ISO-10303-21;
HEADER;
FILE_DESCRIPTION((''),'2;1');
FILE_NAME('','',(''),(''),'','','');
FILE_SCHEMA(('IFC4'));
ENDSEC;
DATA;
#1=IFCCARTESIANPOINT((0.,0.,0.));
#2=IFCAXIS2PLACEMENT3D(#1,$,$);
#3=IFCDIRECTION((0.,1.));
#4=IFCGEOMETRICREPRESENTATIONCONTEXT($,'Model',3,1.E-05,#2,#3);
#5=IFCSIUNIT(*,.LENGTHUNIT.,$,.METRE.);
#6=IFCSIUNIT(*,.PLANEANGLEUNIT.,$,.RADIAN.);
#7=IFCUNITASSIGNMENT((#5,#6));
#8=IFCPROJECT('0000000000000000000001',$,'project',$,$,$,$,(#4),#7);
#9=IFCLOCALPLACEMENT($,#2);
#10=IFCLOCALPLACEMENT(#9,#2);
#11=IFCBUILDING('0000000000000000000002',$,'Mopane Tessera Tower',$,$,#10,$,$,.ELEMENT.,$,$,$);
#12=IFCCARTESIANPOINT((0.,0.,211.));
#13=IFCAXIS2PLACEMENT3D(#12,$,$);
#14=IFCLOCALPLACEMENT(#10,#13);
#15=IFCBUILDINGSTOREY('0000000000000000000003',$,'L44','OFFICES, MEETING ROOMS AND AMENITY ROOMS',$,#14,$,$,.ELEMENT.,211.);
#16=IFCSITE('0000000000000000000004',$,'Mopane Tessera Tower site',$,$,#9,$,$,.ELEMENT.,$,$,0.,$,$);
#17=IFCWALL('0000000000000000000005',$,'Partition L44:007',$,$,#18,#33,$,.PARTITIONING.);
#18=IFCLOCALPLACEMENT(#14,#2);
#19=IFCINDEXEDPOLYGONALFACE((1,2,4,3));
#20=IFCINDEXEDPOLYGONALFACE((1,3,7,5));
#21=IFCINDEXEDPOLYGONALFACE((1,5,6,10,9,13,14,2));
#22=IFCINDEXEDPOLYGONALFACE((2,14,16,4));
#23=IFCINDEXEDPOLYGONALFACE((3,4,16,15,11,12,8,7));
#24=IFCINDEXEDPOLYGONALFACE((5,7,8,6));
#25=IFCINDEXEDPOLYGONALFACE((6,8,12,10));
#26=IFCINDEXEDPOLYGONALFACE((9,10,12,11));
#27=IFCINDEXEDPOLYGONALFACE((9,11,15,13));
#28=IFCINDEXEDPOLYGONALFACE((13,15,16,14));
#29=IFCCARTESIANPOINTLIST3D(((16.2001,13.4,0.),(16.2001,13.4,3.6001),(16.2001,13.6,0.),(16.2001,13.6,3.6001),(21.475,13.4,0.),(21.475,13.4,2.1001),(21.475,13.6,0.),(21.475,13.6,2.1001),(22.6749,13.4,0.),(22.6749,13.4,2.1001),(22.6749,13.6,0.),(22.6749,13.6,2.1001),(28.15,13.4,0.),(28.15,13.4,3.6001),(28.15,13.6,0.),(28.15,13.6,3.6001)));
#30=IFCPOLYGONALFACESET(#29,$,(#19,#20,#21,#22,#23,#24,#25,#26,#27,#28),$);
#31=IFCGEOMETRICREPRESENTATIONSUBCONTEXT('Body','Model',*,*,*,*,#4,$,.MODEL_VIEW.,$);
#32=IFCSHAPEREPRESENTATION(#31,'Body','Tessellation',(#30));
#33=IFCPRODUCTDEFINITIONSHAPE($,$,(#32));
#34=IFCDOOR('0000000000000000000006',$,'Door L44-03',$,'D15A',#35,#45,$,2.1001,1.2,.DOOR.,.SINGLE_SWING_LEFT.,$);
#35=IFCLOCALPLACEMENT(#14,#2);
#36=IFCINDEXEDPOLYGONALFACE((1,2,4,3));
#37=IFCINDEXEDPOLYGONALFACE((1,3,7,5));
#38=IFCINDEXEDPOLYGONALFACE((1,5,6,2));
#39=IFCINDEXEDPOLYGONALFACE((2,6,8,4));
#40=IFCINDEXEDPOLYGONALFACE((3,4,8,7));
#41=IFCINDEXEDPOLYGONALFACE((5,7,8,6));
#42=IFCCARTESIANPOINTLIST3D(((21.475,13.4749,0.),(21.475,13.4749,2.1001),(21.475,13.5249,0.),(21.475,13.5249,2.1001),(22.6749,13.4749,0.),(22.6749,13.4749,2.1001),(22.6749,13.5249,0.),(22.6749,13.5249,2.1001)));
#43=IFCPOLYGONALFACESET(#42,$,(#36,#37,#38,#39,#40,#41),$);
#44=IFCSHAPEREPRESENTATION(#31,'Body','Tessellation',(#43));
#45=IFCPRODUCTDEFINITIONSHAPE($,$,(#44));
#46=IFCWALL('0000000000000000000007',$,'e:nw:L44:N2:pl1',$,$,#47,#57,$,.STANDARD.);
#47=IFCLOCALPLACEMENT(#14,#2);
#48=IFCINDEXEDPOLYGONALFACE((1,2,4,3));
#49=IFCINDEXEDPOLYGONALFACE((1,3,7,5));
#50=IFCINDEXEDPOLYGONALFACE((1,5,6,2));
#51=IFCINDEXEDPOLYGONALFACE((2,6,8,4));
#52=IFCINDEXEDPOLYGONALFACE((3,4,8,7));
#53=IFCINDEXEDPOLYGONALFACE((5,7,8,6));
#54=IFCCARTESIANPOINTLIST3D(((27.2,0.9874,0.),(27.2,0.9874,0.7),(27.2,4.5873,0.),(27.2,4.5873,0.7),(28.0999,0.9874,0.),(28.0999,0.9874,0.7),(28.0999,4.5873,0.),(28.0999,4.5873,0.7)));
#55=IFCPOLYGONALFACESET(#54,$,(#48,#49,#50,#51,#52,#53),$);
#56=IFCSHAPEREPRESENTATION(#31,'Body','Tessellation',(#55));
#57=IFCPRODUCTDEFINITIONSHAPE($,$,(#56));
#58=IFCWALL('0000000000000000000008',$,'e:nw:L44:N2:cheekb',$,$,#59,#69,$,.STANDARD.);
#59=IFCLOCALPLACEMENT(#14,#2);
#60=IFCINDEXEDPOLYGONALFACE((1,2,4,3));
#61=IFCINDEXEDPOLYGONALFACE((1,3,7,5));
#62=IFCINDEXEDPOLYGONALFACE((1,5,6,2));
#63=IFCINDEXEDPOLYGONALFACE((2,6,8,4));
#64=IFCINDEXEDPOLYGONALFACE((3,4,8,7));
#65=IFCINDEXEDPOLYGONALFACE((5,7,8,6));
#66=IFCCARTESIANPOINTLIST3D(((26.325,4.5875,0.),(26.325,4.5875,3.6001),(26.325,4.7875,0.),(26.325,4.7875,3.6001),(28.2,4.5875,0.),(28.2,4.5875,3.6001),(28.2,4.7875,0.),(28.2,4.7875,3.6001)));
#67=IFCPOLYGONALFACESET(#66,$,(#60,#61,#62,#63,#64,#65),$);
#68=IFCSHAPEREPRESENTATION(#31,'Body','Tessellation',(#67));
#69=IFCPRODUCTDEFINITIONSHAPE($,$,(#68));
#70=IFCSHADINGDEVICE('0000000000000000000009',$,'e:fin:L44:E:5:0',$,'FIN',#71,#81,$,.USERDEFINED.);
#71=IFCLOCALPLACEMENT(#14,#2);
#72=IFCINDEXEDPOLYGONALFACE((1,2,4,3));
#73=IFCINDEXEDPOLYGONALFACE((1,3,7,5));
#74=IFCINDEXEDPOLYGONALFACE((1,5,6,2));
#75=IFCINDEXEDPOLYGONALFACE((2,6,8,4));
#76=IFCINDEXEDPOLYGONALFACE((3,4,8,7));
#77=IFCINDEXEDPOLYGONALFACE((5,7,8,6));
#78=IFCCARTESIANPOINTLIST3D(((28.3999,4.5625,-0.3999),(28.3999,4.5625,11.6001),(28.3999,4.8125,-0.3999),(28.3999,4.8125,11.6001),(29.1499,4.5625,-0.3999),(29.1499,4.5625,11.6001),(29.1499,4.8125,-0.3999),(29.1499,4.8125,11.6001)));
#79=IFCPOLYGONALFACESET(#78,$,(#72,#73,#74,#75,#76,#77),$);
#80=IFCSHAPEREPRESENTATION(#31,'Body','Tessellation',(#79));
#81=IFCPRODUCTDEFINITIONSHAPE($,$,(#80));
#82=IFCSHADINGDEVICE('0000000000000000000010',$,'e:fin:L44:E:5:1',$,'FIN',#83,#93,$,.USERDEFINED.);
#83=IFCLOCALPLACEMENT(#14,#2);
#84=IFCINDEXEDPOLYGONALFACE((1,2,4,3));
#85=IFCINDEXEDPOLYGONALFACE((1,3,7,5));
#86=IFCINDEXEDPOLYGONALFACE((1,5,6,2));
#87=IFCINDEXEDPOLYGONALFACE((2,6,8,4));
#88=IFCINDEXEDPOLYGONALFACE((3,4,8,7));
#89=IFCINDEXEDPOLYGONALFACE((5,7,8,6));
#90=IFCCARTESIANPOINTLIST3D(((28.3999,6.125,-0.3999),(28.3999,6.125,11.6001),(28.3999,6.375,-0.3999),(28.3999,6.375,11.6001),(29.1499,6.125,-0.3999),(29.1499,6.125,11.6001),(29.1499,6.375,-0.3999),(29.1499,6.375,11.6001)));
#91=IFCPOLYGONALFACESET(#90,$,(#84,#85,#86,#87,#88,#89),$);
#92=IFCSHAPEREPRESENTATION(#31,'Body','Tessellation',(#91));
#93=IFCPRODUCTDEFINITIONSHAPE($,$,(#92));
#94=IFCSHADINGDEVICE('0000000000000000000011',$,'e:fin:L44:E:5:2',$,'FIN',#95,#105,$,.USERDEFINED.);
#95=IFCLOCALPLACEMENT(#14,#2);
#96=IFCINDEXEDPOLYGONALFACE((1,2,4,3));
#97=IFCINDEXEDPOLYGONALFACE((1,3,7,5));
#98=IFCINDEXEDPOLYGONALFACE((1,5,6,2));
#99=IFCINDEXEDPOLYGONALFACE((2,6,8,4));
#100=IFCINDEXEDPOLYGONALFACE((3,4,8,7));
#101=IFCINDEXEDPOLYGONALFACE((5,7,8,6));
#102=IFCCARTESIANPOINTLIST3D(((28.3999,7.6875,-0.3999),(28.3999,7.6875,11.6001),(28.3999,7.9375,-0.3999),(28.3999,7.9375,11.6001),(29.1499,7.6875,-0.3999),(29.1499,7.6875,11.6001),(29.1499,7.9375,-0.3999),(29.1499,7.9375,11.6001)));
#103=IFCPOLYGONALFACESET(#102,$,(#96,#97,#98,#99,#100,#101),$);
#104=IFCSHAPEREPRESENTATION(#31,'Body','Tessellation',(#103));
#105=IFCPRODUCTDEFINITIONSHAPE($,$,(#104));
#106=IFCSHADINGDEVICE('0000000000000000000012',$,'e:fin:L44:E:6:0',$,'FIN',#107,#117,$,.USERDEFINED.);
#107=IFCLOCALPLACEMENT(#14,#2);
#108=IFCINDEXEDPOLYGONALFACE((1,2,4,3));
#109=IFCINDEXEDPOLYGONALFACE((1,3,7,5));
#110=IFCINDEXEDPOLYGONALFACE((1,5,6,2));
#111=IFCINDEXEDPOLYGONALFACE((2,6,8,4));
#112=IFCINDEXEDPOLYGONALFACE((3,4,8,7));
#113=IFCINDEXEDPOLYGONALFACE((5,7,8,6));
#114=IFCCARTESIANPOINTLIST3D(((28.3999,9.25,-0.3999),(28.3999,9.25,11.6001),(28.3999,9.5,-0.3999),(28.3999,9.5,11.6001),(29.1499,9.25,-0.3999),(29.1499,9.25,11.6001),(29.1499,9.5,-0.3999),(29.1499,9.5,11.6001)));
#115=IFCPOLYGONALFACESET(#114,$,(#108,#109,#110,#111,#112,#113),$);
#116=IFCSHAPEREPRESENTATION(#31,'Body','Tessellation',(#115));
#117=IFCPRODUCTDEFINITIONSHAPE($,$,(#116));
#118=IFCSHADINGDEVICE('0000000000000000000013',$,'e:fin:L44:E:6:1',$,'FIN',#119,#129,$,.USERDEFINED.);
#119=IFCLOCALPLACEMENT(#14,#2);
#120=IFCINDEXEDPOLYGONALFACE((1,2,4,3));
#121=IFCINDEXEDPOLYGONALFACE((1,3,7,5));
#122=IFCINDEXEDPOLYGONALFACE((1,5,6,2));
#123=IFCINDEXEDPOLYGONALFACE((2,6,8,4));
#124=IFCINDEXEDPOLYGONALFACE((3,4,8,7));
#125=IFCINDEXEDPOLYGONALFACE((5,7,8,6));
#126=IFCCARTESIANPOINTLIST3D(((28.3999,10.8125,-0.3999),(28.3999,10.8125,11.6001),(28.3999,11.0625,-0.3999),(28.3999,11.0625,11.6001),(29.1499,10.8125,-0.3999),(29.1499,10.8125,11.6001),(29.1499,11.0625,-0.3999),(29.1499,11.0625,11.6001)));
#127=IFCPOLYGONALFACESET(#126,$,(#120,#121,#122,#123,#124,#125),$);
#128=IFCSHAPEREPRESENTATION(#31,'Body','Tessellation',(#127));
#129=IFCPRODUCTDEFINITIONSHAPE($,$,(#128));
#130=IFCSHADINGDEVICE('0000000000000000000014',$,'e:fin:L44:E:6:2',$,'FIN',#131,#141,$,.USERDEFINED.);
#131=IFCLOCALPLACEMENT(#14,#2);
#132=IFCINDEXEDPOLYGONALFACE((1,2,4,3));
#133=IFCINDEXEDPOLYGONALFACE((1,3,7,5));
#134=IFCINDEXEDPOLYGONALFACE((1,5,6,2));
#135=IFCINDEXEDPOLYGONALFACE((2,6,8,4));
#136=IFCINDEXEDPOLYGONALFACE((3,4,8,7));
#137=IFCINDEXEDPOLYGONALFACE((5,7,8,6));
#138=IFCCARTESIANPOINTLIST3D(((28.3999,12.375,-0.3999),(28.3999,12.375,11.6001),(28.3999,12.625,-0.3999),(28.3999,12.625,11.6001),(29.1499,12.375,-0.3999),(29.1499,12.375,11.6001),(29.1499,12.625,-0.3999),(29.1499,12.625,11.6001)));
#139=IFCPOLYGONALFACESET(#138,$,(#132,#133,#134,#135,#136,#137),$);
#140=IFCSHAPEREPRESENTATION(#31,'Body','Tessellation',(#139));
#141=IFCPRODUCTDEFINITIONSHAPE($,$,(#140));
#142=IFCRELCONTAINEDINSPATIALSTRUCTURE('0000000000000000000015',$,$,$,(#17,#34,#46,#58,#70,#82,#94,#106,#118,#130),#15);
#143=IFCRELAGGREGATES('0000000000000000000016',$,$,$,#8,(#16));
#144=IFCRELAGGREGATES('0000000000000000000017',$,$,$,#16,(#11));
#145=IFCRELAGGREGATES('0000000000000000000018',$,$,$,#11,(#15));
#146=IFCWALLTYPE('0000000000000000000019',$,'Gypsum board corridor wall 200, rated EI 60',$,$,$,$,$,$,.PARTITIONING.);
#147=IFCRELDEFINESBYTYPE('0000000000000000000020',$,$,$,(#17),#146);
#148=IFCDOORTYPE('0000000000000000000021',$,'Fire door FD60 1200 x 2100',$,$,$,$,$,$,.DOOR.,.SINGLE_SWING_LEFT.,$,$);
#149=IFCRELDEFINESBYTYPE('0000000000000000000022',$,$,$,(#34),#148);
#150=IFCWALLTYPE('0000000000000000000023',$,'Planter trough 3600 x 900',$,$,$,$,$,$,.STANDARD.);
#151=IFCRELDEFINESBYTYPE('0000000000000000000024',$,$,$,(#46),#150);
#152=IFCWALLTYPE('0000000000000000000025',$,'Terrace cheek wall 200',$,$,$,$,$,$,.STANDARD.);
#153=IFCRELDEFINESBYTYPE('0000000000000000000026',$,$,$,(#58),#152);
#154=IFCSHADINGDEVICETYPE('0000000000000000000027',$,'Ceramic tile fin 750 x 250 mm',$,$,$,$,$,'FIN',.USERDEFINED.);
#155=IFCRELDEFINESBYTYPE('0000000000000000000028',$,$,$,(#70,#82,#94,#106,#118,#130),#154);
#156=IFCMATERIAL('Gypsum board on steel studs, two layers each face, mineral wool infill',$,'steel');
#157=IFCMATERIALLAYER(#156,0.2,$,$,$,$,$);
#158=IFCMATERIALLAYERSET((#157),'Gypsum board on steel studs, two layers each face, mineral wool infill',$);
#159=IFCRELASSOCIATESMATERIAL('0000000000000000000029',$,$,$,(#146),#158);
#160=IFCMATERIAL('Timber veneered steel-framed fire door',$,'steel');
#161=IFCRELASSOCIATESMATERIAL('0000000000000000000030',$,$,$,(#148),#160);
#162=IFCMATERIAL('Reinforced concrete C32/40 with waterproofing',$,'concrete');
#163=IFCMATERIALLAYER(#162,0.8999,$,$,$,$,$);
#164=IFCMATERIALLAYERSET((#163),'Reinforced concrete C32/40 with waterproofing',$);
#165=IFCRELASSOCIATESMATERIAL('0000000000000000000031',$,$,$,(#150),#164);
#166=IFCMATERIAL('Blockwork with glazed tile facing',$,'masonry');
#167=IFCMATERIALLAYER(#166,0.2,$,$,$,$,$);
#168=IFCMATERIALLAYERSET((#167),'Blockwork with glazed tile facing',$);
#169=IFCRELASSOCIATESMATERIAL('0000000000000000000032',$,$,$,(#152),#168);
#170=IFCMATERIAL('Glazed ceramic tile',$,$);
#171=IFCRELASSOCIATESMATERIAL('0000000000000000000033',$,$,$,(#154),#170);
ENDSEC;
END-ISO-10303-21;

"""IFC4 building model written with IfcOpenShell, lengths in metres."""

from ifc_helpers import new_model, si_unit, direction, frame, frame_2d, origin, origin_2d, place, context, subcontext, project, spatial, rectangle, extrude, material, layer, layer_set, type_object, element, fill, save


model = new_model("IFC4")

# Units and contexts
model_context = context("Model", 3, precision=1e-05, world=origin(), true_north=direction((0.0, 1.0)))
body_context = subcontext(model_context, "Body", "Model", "MODEL_VIEW")
ifc_project = project(units=[si_unit("LENGTHUNIT", "METRE"), si_unit("PLANEANGLEUNIT", "RADIAN")], contexts=[model_context])

# Site, building, storey
site_placement = place(None, origin())
site = spatial("IfcSite", under=ifc_project, at=site_placement, Name="Mopane Tessera Tower site", CompositionType="ELEMENT", RefElevation=0.0)
building_placement = place(site_placement, origin())
building = spatial("IfcBuilding", under=site, at=building_placement, Name="Mopane Tessera Tower", CompositionType="ELEMENT")
storey_placement = place(building_placement, frame((0.0, 0.0, 211.0)))
storey = spatial("IfcBuildingStorey", under=building, at=storey_placement, Name="L44", Description="OFFICES, MEETING ROOMS AND AMENITY ROOMS", CompositionType="ELEMENT", Elevation=211.0)

# Wall, opening, door
ifc_material_1 = material(Name="Gypsum board on steel studs, two layers each face, mineral wool infill", Category="steel")
ifc_layer_1 = layer(ifc_material_1, 0.2)
ifc_layer_set_1 = layer_set([ifc_layer_1], Name="Gypsum board on steel studs, two layers each face, mineral wool infill")
wall_type_1 = type_object("IfcWallType", Name="Gypsum board corridor wall 200, rated EI 60", PredefinedType="PARTITIONING", material=ifc_layer_set_1)
wall_1_placement = place(storey_placement, frame((16.2, 13.5, 0.0), z_axis=(0.0, 0.0, 1.0), x_axis=(1.0, 0.0, 0.0)))
wall_1 = element("IfcWall", 1, at=wall_1_placement, inside=storey, type_object=wall_type_1, Name="Partition L44:007", PredefinedType="PARTITIONING", context=body_context, shape_type="SweptSolid", body=[
    extrude(rectangle(XDim=11.95, YDim=0.2, at=frame_2d((5.9751, 0.0))), origin(), (0.0, 0.0, 1.0), 3.6001),
])
opening_placement = place(wall_1_placement, frame((5.2749, 0.0, 0.0)))
opening = element("IfcOpeningElement", 2, at=opening_placement, cuts=wall_1, PredefinedType="OPENING", context=body_context, shape_type="SweptSolid", body=[
    extrude(rectangle(XDim=1.2, YDim=2.1001, at=frame_2d((0.6001, 1.05))), frame((0.0, 0.1121, 0.0), z_axis=(0.0, -1.0, 0.0), x_axis=(1.0, 0.0, 0.0)), (0.0, 0.0, 1.0), 0.2239),
])
ifc_material_2 = material(Name="Timber veneered steel-framed fire door", Category="steel")
door_type = type_object("IfcDoorType", Name="Fire door FD60 1200 x 2100", OperationType="SINGLE_SWING_LEFT", PredefinedType="DOOR", material=ifc_material_2)
door_placement = place(opening_placement, origin())
door = element("IfcDoor", 3, at=door_placement, inside=storey, type_object=door_type, Name="Door L44-03", ObjectType="D15A", OperationType="SINGLE_SWING_LEFT", OverallHeight=2.1001, OverallWidth=1.2, PredefinedType="DOOR", context=body_context, shape_type="SweptSolid", body=[
    extrude(rectangle(XDim=1.2, YDim=2.1001, at=frame_2d((0.6001, 1.05))), frame((0.0, 0.0249, 0.0), z_axis=(0.0, -1.0, 0.0), x_axis=(1.0, 0.0, 0.0)), (0.0, 0.0, 1.0), 0.05),
])
fill(opening, door)

# Walls
ifc_material_3 = material(Name="Reinforced concrete C32/40 with waterproofing", Category="concrete")
ifc_layer_2 = layer(ifc_material_3, 0.8999)
ifc_layer_set_2 = layer_set([ifc_layer_2], Name="Reinforced concrete C32/40 with waterproofing")
wall_type_2 = type_object("IfcWallType", Name="Planter trough 3600 x 900", PredefinedType="STANDARD", material=ifc_layer_set_2)
wall_2_placement = place(storey_placement, frame((27.6499, 0.9875, 0.0), z_axis=(0.0, 0.0, 1.0), x_axis=(0.0, 1.0, 0.0)))
element("IfcWall", 4, at=wall_2_placement, inside=storey, type_object=wall_type_2, Name="e:nw:L44:N2:pl1", PredefinedType="STANDARD", context=body_context, shape_type="SweptSolid", body=[
    extrude(rectangle(XDim=3.5999, YDim=0.8999, at=frame_2d((1.7998, 0.0))), origin(), (0.0, 0.0, 1.0), 0.7),
])
ifc_material_4 = material(Name="Blockwork with glazed tile facing", Category="masonry")
ifc_layer_3 = layer(ifc_material_4, 0.2)
ifc_layer_set_3 = layer_set([ifc_layer_3], Name="Blockwork with glazed tile facing")
wall_type_3 = type_object("IfcWallType", Name="Terrace cheek wall 200", PredefinedType="STANDARD", material=ifc_layer_set_3)
wall_3_placement = place(storey_placement, frame((28.2, 4.6875, 0.0), z_axis=(0.0, 0.0, 1.0), x_axis=(-1.0, 0.0, 0.0)))
element("IfcWall", 5, at=wall_3_placement, inside=storey, type_object=wall_type_3, Name="e:nw:L44:N2:cheekb", PredefinedType="STANDARD", context=body_context, shape_type="SweptSolid", body=[
    extrude(rectangle(XDim=1.875, YDim=0.2, at=frame_2d((0.9375, 0.0))), origin(), (0.0, 0.0, 1.0), 3.6001),
])

# Shading devices
ifc_material_5 = material(Name="Glazed ceramic tile")
shading_device_type = type_object("IfcShadingDeviceType", Name="Ceramic tile fin 750 x 250 mm", ElementType="FIN", PredefinedType="USERDEFINED", material=ifc_material_5)
for number, where, z_axis, x_axis, name in (
    (6, (28.7749, 4.6875, -0.3999), (0.0, 0.0, 1.0), (0.0, 1.0, 0.0), "e:fin:L44:E:5:0"),
    (7, (28.7749, 6.25, -0.3999), (0.0, 0.0, 1.0), (0.0, 1.0, 0.0), "e:fin:L44:E:5:1"),
    (8, (28.7749, 7.8125, -0.3999), (0.0, 0.0, 1.0), (0.0, 1.0, 0.0), "e:fin:L44:E:5:2"),
    (9, (28.7749, 9.375, -0.3999), (0.0, 0.0, 1.0), (0.0, 1.0, 0.0), "e:fin:L44:E:6:0"),
    (10, (28.7749, 10.9375, -0.3999), (0.0, 0.0, 1.0), (0.0, 1.0, 0.0), "e:fin:L44:E:6:1"),
    (11, (28.7749, 12.5, -0.3999), (0.0, 0.0, 1.0), (0.0, 1.0, 0.0), "e:fin:L44:E:6:2"),
):
    element("IfcShadingDevice", number, at=place(storey_placement, frame(where, z_axis=z_axis, x_axis=x_axis)), inside=storey, type_object=shading_device_type, Name=name, ObjectType="FIN", PredefinedType="USERDEFINED", context=body_context, shape_type="SweptSolid", body=[
        extrude(rectangle(XDim=0.25, YDim=0.75, at=origin_2d()), origin(), (0.0, 0.0, 1.0), 12.0),
    ])

save(model, "model.ifc")
